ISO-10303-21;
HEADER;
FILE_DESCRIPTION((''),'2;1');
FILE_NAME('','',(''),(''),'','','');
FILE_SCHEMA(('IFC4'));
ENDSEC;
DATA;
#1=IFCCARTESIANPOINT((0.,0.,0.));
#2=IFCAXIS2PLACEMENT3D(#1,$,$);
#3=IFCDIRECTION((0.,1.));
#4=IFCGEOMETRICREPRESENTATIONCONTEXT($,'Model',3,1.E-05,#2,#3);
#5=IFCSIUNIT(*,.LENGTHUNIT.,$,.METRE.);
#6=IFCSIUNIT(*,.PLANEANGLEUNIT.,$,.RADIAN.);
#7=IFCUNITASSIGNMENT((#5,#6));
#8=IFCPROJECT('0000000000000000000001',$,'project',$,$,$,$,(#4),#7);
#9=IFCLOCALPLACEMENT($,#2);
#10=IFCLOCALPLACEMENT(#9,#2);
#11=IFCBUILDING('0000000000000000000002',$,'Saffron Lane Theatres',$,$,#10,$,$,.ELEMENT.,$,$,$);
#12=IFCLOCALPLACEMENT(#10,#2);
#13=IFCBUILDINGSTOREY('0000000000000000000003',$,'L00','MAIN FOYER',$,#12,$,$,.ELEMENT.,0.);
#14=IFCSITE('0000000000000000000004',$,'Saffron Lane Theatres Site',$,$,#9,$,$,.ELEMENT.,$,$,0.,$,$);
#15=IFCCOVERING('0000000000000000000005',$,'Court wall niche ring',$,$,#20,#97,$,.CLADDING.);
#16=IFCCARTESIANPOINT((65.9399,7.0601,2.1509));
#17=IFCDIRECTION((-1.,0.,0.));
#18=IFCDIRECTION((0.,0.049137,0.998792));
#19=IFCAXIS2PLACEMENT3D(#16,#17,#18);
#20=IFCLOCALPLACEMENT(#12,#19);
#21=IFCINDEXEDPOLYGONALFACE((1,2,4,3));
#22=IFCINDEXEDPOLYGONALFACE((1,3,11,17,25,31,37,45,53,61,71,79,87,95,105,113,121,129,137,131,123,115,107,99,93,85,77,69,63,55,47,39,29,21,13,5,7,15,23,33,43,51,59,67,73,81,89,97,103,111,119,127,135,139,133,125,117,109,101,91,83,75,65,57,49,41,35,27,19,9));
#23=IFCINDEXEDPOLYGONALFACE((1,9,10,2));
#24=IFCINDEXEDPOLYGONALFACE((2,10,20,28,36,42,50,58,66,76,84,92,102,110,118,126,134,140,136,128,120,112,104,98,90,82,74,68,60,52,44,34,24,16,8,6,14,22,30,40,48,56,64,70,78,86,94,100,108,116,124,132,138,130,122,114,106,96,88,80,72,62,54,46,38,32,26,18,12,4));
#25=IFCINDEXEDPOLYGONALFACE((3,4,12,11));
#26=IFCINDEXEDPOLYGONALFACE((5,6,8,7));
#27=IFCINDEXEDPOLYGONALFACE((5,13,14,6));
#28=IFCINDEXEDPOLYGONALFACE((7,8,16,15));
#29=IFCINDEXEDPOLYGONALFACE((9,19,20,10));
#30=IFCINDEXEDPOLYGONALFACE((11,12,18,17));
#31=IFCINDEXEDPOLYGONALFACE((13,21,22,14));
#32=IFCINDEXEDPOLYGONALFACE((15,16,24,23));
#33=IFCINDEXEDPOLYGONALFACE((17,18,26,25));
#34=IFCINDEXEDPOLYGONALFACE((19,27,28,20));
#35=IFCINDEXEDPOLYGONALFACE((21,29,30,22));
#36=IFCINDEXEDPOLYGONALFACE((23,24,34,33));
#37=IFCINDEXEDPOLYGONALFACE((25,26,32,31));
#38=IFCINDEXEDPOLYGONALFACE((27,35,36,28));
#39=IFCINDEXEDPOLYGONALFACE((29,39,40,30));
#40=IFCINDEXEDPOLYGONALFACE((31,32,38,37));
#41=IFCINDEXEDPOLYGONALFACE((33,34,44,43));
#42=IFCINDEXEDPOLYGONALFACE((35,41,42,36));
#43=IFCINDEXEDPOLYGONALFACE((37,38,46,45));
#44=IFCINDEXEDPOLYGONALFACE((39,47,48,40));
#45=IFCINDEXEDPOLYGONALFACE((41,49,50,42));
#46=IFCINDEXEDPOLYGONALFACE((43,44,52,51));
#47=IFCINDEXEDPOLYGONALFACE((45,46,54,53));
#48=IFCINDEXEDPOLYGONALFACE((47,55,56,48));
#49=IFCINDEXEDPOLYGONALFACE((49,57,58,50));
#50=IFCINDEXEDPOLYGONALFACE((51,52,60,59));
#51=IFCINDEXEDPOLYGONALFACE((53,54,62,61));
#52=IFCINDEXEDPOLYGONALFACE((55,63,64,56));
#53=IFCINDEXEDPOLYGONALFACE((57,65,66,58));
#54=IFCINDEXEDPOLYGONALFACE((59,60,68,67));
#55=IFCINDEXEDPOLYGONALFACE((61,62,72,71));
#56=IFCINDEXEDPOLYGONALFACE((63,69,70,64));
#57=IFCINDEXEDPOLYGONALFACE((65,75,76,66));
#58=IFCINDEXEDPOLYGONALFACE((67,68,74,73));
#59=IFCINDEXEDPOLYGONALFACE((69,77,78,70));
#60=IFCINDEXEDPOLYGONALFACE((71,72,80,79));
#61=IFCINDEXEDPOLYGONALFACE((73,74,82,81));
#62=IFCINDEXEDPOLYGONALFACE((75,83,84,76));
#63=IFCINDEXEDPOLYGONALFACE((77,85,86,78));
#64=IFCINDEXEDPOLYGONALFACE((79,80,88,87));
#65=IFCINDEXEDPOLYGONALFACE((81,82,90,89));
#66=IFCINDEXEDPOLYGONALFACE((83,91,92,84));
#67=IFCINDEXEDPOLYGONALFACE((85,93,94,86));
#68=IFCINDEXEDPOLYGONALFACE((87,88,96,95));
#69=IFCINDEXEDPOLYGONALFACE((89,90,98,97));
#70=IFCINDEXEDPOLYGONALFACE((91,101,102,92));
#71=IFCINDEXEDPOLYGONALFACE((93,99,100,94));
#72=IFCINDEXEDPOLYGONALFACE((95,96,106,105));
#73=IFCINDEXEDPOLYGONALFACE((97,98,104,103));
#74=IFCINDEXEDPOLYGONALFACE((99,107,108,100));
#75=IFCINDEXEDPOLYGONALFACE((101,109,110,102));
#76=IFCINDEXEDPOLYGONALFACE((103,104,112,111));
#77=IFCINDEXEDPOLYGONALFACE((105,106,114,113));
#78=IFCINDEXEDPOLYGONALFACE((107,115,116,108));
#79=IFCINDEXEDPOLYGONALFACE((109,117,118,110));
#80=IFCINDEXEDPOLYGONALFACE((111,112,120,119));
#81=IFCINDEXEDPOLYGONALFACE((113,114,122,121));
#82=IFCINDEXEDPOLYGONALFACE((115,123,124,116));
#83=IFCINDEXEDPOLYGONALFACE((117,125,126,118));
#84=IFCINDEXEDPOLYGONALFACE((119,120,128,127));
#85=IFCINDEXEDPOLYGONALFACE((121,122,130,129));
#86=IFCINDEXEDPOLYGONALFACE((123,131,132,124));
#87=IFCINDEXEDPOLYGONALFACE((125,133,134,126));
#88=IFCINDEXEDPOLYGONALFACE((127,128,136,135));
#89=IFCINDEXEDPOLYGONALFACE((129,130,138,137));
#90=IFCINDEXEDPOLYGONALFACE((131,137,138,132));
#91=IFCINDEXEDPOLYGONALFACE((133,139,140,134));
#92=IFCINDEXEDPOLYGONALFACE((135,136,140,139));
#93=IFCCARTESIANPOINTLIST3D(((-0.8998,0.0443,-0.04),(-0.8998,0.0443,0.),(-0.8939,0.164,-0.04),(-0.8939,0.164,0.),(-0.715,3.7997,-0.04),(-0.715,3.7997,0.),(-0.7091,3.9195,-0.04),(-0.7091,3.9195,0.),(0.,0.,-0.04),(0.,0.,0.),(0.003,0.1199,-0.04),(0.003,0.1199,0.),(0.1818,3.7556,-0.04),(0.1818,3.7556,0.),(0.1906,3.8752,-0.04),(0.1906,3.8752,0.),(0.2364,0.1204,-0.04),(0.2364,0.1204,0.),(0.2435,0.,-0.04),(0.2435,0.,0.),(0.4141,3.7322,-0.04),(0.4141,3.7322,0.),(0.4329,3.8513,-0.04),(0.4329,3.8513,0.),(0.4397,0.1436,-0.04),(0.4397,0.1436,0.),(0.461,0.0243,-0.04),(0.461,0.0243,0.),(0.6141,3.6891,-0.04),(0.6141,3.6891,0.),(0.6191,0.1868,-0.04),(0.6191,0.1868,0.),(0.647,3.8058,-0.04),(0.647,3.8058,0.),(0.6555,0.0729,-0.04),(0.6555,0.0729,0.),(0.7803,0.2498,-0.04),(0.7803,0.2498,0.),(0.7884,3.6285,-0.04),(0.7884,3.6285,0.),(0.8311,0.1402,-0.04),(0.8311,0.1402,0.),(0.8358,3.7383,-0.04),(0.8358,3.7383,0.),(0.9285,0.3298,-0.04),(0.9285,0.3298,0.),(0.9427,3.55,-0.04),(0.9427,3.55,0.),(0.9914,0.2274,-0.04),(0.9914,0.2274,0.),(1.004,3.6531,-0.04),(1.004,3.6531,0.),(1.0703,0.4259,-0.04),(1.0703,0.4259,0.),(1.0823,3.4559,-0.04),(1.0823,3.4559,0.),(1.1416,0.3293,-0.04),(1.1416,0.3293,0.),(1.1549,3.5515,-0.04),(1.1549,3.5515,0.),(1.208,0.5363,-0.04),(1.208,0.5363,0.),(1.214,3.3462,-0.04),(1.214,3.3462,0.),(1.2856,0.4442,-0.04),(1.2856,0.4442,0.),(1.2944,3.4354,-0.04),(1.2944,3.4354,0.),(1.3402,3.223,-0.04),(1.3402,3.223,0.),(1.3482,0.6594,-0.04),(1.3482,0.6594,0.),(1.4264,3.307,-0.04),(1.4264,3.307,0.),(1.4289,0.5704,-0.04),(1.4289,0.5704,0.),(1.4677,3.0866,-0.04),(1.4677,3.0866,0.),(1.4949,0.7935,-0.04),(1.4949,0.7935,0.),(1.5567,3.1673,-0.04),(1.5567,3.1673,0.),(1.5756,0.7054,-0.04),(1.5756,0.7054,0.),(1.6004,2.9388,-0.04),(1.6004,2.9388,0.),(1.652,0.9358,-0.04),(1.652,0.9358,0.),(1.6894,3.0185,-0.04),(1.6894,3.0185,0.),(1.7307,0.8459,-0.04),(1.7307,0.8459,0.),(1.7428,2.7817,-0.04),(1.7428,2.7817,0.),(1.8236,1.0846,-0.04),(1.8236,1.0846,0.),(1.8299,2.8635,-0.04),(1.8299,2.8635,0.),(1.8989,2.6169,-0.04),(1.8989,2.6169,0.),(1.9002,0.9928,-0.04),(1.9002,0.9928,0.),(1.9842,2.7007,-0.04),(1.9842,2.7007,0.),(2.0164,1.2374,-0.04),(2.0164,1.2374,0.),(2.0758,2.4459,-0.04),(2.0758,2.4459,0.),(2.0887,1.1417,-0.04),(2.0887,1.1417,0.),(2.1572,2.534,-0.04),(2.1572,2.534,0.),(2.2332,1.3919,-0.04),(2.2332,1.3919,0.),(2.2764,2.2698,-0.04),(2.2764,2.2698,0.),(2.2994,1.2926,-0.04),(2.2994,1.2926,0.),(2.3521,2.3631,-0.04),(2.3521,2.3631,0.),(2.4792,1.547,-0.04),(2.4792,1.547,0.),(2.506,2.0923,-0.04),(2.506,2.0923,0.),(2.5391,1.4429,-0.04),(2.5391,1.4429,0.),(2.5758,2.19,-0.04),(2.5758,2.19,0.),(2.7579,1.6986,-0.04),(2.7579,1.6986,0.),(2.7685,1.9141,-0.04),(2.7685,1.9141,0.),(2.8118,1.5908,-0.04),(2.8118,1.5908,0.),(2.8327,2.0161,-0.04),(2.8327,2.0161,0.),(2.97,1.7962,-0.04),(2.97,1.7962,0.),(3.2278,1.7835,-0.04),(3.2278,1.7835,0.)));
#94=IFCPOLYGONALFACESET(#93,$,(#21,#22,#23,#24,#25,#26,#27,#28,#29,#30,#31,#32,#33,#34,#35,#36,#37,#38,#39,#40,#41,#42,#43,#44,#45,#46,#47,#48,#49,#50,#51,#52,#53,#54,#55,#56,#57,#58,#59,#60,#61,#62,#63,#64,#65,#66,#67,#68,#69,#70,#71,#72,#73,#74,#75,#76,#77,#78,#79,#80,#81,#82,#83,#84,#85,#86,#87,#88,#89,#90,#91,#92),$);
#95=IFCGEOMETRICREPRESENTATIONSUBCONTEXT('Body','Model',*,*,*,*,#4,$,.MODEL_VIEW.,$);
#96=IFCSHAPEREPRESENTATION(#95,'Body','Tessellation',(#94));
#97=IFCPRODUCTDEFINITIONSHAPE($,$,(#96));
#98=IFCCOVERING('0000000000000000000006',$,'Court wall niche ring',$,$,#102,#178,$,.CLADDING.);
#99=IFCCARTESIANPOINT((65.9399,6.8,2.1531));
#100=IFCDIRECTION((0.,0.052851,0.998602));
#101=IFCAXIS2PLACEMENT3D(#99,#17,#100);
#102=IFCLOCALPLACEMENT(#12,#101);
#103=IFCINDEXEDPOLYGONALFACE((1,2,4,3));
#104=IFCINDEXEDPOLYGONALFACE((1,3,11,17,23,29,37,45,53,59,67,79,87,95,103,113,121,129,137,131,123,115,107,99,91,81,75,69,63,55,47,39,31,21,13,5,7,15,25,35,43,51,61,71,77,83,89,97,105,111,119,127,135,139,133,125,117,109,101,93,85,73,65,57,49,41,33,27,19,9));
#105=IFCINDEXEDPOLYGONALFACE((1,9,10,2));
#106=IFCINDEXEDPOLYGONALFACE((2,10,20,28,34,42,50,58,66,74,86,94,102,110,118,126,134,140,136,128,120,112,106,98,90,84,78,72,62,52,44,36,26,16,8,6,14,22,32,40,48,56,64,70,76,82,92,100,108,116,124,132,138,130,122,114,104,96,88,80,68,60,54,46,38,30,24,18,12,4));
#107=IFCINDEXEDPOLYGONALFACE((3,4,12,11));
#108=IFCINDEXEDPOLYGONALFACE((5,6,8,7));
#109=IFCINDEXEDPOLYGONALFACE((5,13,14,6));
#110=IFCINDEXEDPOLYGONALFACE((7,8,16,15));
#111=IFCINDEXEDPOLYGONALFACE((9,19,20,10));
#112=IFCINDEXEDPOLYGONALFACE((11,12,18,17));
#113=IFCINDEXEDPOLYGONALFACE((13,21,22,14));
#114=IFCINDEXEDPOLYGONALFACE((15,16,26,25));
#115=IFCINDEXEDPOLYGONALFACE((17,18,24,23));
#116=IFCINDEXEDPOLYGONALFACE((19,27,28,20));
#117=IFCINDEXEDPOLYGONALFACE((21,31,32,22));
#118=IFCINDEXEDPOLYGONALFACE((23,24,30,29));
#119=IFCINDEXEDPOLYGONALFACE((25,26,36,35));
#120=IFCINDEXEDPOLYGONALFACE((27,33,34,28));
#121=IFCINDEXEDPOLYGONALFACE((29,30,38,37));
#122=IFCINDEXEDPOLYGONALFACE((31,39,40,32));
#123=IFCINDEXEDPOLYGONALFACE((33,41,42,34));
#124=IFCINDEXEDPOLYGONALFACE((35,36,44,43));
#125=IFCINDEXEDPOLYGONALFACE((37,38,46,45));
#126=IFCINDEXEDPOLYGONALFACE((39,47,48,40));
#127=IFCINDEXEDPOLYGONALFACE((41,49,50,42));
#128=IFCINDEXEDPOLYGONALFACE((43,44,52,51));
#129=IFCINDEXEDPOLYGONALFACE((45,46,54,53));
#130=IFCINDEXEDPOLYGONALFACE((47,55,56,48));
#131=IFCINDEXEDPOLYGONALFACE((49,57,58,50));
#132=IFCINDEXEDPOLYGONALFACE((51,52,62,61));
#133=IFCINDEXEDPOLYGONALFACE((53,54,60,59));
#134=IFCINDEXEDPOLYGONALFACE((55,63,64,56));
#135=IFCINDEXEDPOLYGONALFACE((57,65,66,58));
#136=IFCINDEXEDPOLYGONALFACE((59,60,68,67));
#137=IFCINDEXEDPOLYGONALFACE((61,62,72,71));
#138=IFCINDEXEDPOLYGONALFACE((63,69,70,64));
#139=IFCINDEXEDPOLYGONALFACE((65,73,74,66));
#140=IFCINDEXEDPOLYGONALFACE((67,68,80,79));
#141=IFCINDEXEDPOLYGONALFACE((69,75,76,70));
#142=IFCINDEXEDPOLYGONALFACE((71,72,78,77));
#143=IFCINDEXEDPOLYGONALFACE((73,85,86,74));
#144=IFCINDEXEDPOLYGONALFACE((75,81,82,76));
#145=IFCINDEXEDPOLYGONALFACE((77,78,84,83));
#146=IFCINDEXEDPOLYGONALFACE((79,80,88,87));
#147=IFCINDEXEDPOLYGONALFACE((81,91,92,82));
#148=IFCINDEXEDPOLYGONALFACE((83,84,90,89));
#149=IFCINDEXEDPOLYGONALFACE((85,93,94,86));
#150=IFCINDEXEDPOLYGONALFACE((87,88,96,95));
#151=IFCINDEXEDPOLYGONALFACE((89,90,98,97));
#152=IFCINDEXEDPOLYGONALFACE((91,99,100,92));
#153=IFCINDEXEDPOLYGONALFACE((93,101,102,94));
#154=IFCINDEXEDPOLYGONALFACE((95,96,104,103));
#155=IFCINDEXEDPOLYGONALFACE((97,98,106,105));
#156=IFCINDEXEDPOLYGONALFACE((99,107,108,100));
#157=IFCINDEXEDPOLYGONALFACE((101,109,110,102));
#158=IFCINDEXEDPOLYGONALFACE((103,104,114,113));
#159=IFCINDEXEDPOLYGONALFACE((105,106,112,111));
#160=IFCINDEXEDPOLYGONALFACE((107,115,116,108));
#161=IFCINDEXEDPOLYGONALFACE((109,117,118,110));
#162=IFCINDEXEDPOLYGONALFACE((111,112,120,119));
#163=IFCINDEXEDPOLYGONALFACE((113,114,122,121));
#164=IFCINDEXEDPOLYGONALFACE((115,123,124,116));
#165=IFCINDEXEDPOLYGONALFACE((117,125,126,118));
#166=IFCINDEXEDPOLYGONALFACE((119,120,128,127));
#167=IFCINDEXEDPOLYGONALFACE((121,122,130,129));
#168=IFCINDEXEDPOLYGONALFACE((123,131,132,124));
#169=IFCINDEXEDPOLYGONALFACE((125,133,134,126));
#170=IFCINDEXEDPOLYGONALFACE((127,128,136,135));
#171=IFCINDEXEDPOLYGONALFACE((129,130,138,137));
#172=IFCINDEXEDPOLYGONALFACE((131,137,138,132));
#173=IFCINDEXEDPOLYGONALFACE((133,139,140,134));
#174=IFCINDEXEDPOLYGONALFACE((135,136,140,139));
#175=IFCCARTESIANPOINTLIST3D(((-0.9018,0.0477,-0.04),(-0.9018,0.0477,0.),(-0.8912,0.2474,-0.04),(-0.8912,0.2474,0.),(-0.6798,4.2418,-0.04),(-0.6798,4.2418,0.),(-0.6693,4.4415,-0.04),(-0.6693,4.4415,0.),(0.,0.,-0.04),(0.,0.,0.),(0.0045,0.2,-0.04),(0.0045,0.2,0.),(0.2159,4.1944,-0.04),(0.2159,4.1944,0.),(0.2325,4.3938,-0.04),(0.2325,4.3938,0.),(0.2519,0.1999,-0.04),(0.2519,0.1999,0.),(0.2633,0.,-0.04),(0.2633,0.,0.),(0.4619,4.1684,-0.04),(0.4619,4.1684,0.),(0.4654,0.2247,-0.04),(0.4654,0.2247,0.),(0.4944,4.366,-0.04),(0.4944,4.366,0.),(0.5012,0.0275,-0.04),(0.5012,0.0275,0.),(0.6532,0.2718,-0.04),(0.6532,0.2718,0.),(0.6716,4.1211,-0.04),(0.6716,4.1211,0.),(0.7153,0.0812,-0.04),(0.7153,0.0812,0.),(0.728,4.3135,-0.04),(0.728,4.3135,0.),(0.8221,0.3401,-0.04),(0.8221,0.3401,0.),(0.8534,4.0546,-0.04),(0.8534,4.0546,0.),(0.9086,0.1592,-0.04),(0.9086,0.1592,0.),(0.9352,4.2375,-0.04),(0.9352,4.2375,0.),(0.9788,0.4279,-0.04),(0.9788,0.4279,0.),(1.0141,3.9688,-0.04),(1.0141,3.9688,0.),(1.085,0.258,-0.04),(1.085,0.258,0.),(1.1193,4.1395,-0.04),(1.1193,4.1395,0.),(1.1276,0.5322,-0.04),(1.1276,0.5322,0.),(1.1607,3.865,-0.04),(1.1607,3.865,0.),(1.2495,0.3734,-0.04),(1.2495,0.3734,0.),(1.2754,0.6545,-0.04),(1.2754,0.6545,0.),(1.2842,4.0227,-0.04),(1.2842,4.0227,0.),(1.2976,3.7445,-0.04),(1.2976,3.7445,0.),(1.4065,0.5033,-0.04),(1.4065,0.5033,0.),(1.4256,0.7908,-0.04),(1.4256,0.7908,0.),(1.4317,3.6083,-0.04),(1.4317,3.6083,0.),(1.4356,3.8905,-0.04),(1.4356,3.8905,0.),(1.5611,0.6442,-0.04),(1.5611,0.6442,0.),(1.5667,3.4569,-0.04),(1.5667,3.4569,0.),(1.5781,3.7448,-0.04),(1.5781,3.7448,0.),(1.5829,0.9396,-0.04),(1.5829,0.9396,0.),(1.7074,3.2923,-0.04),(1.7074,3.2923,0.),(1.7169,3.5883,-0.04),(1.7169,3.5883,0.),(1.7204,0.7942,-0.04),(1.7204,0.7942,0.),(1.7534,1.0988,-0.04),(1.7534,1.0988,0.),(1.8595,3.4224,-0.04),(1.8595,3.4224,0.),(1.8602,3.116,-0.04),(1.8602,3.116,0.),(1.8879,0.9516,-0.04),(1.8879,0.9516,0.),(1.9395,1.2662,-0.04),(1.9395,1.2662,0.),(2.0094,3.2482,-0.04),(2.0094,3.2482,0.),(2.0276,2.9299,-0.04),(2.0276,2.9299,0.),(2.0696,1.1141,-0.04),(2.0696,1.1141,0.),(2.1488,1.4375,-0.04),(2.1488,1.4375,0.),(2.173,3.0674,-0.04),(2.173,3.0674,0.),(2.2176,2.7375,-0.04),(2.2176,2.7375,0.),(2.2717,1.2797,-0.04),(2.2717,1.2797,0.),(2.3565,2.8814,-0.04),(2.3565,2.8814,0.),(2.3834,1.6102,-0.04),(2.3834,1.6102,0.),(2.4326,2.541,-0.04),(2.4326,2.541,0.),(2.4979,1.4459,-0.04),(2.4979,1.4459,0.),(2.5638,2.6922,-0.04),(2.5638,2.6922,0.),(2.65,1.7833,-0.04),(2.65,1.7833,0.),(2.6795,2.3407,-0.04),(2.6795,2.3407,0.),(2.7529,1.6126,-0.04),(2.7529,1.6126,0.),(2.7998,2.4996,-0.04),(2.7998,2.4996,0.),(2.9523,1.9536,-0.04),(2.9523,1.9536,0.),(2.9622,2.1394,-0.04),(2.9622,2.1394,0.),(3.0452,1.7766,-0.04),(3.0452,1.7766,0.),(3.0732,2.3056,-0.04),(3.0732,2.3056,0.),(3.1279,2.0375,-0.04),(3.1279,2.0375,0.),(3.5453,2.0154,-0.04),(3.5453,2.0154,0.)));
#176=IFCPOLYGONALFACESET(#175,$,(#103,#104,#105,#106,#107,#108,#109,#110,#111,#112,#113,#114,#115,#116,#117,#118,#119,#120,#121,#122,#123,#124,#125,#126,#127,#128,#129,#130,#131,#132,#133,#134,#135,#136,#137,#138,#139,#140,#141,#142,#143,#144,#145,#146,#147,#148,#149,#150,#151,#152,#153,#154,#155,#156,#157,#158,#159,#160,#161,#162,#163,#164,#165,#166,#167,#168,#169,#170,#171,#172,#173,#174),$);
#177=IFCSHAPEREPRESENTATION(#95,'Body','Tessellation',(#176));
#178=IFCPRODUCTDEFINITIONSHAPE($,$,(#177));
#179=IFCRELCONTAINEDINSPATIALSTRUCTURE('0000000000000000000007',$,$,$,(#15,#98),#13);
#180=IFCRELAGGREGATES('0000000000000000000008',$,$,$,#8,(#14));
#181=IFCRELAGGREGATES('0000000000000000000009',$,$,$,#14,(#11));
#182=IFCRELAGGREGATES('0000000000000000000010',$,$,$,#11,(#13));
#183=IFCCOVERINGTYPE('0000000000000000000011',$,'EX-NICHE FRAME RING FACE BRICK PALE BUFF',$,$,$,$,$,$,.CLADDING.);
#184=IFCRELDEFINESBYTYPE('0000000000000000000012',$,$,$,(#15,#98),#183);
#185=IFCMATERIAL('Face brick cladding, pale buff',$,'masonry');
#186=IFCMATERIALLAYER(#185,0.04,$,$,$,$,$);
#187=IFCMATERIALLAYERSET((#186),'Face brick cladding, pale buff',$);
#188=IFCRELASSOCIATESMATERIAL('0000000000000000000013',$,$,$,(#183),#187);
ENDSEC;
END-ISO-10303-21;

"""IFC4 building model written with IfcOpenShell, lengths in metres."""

from ifc_helpers import new_model, si_unit, direction, frame, origin, place, context, subcontext, project, spatial, polyline, outline, extrude, material, layer, layer_set, type_object, element, save


model = new_model("IFC4")

# Units and contexts
model_context = context("Model", 3, precision=1e-05, world=origin(), true_north=direction((0.0, 1.0)))
body_context = subcontext(model_context, "Body", "Model", "MODEL_VIEW")
ifc_project = project(units=[si_unit("LENGTHUNIT", "METRE"), si_unit("PLANEANGLEUNIT", "RADIAN")], contexts=[model_context])

# Site, building, storey
site_placement = place(None, origin())
site = spatial("IfcSite", under=ifc_project, at=site_placement, Name="Saffron Lane Theatres Site", CompositionType="ELEMENT", RefElevation=0.0)
building_placement = place(site_placement, origin())
building = spatial("IfcBuilding", under=site, at=building_placement, Name="Saffron Lane Theatres", CompositionType="ELEMENT")
storey_placement = place(building_placement, origin())
storey = spatial("IfcBuildingStorey", under=building, at=storey_placement, Name="L00", Description="MAIN FOYER", CompositionType="ELEMENT", Elevation=0.0)

# Coverings
ifc_material_1 = material(Name="Face brick cladding, pale buff", Category="masonry")
ifc_layer_1 = layer(ifc_material_1, 0.04)
ifc_layer_set_1 = layer_set([ifc_layer_1], Name="Face brick cladding, pale buff")
covering_type_1 = type_object("IfcCoveringType", Name="EX-NICHE FRAME RING FACE BRICK PALE BUFF", PredefinedType="CLADDING", material=ifc_layer_set_1)
covering_1_placement = place(storey_placement, frame((65.9399, 7.0601, 2.1509), z_axis=(-1.0, 0.0, 0.0), x_axis=(0.0, 0.049137, 0.998792)))
element("IfcCovering", 1, at=covering_1_placement, inside=storey, type_object=covering_type_1, Name="Court wall niche ring", PredefinedType="CLADDING", context=body_context, shape_type="SweptSolid", body=[
    extrude(outline(polyline([(0.0, 0.0), (0.2435, 0.0), (0.461, 0.0243), (0.6555, 0.0729), (0.8311, 0.1402), (0.9914, 0.2274), (1.1416, 0.3293), (1.2856, 0.4442), (1.4289, 0.5704), (1.5756, 0.7054), (1.7307, 0.8459), (1.9002, 0.9928), (2.0887, 1.1417), (2.2994, 1.2926), (2.5391, 1.4429), (2.8118, 1.5908), (3.2278, 1.7835), (2.8327, 2.0161), (2.5758, 2.19), (2.3521, 2.3631), (2.1572, 2.534), (1.9842, 2.7007), (1.8299, 2.8635), (1.6894, 3.0185), (1.5567, 3.1673), (1.4264, 3.307), (1.2944, 3.4354), (1.1549, 3.5515), (1.004, 3.6531), (0.8358, 3.7383), (0.647, 3.8058), (0.4329, 3.8513), (0.1906, 3.8752), (-0.7091, 3.9195), (-0.715, 3.7997), (0.1818, 3.7556), (0.4141, 3.7322), (0.6141, 3.6891), (0.7884, 3.6285), (0.9427, 3.55), (1.0823, 3.4559), (1.214, 3.3462), (1.3402, 3.223), (1.4677, 3.0866), (1.6004, 2.9388), (1.7428, 2.7817), (1.8989, 2.6169), (2.0758, 2.4459), (2.2764, 2.2698), (2.506, 2.0923), (2.7685, 1.9141), (2.97, 1.7962), (2.7579, 1.6986), (2.4792, 1.547), (2.2332, 1.3919), (2.0164, 1.2374), (1.8236, 1.0846), (1.652, 0.9358), (1.4949, 0.7935), (1.3482, 0.6594), (1.208, 0.5363), (1.0703, 0.4259), (0.9285, 0.3298), (0.7803, 0.2498), (0.6191, 0.1868), (0.4397, 0.1436), (0.2364, 0.1204), (0.003, 0.1199), (-0.8939, 0.164), (-0.8998, 0.0443), (0.0, 0.0)])), origin(), (0.0, 0.0, -1.0), 0.04),
])
covering_2_placement = place(storey_placement, frame((65.9399, 6.8, 2.1531), z_axis=(-1.0, 0.0, 0.0), x_axis=(0.0, 0.052851, 0.998602)))
element("IfcCovering", 2, at=covering_2_placement, inside=storey, type_object=covering_type_1, Name="Court wall niche ring", PredefinedType="CLADDING", context=body_context, shape_type="SweptSolid", body=[
    extrude(outline(polyline([(0.0, 0.0), (0.2633, 0.0), (0.5012, 0.0275), (0.7153, 0.0812), (0.9086, 0.1592), (1.085, 0.258), (1.2495, 0.3734), (1.4065, 0.5033), (1.5611, 0.6442), (1.7204, 0.7942), (1.8879, 0.9516), (2.0696, 1.1141), (2.2717, 1.2797), (2.4979, 1.4459), (2.7529, 1.6126), (3.0452, 1.7766), (3.5453, 2.0154), (3.0732, 2.3056), (2.7998, 2.4996), (2.5638, 2.6922), (2.3565, 2.8814), (2.173, 3.0674), (2.0094, 3.2482), (1.8595, 3.4224), (1.7169, 3.5883), (1.5781, 3.7448), (1.4356, 3.8905), (1.2842, 4.0227), (1.1193, 4.1395), (0.9352, 4.2375), (0.728, 4.3135), (0.4944, 4.366), (0.2325, 4.3938), (-0.6693, 4.4415), (-0.6798, 4.2418), (0.2159, 4.1944), (0.4619, 4.1684), (0.6716, 4.1211), (0.8534, 4.0546), (1.0141, 3.9688), (1.1607, 3.865), (1.2976, 3.7445), (1.4317, 3.6083), (1.5667, 3.4569), (1.7074, 3.2923), (1.8602, 3.116), (2.0276, 2.9299), (2.2176, 2.7375), (2.4326, 2.541), (2.6795, 2.3407), (2.9622, 2.1394), (3.1279, 2.0375), (2.9523, 1.9536), (2.65, 1.7833), (2.3834, 1.6102), (2.1488, 1.4375), (1.9395, 1.2662), (1.7534, 1.0988), (1.5829, 0.9396), (1.4256, 0.7908), (1.2754, 0.6545), (1.1276, 0.5322), (0.9788, 0.4279), (0.8221, 0.3401), (0.6532, 0.2718), (0.4654, 0.2247), (0.2519, 0.1999), (0.0045, 0.2), (-0.8912, 0.2474), (-0.9018, 0.0477), (0.0, 0.0)])), origin(), (0.0, 0.0, -1.0), 0.04),
])

save(model, "model.ifc")
